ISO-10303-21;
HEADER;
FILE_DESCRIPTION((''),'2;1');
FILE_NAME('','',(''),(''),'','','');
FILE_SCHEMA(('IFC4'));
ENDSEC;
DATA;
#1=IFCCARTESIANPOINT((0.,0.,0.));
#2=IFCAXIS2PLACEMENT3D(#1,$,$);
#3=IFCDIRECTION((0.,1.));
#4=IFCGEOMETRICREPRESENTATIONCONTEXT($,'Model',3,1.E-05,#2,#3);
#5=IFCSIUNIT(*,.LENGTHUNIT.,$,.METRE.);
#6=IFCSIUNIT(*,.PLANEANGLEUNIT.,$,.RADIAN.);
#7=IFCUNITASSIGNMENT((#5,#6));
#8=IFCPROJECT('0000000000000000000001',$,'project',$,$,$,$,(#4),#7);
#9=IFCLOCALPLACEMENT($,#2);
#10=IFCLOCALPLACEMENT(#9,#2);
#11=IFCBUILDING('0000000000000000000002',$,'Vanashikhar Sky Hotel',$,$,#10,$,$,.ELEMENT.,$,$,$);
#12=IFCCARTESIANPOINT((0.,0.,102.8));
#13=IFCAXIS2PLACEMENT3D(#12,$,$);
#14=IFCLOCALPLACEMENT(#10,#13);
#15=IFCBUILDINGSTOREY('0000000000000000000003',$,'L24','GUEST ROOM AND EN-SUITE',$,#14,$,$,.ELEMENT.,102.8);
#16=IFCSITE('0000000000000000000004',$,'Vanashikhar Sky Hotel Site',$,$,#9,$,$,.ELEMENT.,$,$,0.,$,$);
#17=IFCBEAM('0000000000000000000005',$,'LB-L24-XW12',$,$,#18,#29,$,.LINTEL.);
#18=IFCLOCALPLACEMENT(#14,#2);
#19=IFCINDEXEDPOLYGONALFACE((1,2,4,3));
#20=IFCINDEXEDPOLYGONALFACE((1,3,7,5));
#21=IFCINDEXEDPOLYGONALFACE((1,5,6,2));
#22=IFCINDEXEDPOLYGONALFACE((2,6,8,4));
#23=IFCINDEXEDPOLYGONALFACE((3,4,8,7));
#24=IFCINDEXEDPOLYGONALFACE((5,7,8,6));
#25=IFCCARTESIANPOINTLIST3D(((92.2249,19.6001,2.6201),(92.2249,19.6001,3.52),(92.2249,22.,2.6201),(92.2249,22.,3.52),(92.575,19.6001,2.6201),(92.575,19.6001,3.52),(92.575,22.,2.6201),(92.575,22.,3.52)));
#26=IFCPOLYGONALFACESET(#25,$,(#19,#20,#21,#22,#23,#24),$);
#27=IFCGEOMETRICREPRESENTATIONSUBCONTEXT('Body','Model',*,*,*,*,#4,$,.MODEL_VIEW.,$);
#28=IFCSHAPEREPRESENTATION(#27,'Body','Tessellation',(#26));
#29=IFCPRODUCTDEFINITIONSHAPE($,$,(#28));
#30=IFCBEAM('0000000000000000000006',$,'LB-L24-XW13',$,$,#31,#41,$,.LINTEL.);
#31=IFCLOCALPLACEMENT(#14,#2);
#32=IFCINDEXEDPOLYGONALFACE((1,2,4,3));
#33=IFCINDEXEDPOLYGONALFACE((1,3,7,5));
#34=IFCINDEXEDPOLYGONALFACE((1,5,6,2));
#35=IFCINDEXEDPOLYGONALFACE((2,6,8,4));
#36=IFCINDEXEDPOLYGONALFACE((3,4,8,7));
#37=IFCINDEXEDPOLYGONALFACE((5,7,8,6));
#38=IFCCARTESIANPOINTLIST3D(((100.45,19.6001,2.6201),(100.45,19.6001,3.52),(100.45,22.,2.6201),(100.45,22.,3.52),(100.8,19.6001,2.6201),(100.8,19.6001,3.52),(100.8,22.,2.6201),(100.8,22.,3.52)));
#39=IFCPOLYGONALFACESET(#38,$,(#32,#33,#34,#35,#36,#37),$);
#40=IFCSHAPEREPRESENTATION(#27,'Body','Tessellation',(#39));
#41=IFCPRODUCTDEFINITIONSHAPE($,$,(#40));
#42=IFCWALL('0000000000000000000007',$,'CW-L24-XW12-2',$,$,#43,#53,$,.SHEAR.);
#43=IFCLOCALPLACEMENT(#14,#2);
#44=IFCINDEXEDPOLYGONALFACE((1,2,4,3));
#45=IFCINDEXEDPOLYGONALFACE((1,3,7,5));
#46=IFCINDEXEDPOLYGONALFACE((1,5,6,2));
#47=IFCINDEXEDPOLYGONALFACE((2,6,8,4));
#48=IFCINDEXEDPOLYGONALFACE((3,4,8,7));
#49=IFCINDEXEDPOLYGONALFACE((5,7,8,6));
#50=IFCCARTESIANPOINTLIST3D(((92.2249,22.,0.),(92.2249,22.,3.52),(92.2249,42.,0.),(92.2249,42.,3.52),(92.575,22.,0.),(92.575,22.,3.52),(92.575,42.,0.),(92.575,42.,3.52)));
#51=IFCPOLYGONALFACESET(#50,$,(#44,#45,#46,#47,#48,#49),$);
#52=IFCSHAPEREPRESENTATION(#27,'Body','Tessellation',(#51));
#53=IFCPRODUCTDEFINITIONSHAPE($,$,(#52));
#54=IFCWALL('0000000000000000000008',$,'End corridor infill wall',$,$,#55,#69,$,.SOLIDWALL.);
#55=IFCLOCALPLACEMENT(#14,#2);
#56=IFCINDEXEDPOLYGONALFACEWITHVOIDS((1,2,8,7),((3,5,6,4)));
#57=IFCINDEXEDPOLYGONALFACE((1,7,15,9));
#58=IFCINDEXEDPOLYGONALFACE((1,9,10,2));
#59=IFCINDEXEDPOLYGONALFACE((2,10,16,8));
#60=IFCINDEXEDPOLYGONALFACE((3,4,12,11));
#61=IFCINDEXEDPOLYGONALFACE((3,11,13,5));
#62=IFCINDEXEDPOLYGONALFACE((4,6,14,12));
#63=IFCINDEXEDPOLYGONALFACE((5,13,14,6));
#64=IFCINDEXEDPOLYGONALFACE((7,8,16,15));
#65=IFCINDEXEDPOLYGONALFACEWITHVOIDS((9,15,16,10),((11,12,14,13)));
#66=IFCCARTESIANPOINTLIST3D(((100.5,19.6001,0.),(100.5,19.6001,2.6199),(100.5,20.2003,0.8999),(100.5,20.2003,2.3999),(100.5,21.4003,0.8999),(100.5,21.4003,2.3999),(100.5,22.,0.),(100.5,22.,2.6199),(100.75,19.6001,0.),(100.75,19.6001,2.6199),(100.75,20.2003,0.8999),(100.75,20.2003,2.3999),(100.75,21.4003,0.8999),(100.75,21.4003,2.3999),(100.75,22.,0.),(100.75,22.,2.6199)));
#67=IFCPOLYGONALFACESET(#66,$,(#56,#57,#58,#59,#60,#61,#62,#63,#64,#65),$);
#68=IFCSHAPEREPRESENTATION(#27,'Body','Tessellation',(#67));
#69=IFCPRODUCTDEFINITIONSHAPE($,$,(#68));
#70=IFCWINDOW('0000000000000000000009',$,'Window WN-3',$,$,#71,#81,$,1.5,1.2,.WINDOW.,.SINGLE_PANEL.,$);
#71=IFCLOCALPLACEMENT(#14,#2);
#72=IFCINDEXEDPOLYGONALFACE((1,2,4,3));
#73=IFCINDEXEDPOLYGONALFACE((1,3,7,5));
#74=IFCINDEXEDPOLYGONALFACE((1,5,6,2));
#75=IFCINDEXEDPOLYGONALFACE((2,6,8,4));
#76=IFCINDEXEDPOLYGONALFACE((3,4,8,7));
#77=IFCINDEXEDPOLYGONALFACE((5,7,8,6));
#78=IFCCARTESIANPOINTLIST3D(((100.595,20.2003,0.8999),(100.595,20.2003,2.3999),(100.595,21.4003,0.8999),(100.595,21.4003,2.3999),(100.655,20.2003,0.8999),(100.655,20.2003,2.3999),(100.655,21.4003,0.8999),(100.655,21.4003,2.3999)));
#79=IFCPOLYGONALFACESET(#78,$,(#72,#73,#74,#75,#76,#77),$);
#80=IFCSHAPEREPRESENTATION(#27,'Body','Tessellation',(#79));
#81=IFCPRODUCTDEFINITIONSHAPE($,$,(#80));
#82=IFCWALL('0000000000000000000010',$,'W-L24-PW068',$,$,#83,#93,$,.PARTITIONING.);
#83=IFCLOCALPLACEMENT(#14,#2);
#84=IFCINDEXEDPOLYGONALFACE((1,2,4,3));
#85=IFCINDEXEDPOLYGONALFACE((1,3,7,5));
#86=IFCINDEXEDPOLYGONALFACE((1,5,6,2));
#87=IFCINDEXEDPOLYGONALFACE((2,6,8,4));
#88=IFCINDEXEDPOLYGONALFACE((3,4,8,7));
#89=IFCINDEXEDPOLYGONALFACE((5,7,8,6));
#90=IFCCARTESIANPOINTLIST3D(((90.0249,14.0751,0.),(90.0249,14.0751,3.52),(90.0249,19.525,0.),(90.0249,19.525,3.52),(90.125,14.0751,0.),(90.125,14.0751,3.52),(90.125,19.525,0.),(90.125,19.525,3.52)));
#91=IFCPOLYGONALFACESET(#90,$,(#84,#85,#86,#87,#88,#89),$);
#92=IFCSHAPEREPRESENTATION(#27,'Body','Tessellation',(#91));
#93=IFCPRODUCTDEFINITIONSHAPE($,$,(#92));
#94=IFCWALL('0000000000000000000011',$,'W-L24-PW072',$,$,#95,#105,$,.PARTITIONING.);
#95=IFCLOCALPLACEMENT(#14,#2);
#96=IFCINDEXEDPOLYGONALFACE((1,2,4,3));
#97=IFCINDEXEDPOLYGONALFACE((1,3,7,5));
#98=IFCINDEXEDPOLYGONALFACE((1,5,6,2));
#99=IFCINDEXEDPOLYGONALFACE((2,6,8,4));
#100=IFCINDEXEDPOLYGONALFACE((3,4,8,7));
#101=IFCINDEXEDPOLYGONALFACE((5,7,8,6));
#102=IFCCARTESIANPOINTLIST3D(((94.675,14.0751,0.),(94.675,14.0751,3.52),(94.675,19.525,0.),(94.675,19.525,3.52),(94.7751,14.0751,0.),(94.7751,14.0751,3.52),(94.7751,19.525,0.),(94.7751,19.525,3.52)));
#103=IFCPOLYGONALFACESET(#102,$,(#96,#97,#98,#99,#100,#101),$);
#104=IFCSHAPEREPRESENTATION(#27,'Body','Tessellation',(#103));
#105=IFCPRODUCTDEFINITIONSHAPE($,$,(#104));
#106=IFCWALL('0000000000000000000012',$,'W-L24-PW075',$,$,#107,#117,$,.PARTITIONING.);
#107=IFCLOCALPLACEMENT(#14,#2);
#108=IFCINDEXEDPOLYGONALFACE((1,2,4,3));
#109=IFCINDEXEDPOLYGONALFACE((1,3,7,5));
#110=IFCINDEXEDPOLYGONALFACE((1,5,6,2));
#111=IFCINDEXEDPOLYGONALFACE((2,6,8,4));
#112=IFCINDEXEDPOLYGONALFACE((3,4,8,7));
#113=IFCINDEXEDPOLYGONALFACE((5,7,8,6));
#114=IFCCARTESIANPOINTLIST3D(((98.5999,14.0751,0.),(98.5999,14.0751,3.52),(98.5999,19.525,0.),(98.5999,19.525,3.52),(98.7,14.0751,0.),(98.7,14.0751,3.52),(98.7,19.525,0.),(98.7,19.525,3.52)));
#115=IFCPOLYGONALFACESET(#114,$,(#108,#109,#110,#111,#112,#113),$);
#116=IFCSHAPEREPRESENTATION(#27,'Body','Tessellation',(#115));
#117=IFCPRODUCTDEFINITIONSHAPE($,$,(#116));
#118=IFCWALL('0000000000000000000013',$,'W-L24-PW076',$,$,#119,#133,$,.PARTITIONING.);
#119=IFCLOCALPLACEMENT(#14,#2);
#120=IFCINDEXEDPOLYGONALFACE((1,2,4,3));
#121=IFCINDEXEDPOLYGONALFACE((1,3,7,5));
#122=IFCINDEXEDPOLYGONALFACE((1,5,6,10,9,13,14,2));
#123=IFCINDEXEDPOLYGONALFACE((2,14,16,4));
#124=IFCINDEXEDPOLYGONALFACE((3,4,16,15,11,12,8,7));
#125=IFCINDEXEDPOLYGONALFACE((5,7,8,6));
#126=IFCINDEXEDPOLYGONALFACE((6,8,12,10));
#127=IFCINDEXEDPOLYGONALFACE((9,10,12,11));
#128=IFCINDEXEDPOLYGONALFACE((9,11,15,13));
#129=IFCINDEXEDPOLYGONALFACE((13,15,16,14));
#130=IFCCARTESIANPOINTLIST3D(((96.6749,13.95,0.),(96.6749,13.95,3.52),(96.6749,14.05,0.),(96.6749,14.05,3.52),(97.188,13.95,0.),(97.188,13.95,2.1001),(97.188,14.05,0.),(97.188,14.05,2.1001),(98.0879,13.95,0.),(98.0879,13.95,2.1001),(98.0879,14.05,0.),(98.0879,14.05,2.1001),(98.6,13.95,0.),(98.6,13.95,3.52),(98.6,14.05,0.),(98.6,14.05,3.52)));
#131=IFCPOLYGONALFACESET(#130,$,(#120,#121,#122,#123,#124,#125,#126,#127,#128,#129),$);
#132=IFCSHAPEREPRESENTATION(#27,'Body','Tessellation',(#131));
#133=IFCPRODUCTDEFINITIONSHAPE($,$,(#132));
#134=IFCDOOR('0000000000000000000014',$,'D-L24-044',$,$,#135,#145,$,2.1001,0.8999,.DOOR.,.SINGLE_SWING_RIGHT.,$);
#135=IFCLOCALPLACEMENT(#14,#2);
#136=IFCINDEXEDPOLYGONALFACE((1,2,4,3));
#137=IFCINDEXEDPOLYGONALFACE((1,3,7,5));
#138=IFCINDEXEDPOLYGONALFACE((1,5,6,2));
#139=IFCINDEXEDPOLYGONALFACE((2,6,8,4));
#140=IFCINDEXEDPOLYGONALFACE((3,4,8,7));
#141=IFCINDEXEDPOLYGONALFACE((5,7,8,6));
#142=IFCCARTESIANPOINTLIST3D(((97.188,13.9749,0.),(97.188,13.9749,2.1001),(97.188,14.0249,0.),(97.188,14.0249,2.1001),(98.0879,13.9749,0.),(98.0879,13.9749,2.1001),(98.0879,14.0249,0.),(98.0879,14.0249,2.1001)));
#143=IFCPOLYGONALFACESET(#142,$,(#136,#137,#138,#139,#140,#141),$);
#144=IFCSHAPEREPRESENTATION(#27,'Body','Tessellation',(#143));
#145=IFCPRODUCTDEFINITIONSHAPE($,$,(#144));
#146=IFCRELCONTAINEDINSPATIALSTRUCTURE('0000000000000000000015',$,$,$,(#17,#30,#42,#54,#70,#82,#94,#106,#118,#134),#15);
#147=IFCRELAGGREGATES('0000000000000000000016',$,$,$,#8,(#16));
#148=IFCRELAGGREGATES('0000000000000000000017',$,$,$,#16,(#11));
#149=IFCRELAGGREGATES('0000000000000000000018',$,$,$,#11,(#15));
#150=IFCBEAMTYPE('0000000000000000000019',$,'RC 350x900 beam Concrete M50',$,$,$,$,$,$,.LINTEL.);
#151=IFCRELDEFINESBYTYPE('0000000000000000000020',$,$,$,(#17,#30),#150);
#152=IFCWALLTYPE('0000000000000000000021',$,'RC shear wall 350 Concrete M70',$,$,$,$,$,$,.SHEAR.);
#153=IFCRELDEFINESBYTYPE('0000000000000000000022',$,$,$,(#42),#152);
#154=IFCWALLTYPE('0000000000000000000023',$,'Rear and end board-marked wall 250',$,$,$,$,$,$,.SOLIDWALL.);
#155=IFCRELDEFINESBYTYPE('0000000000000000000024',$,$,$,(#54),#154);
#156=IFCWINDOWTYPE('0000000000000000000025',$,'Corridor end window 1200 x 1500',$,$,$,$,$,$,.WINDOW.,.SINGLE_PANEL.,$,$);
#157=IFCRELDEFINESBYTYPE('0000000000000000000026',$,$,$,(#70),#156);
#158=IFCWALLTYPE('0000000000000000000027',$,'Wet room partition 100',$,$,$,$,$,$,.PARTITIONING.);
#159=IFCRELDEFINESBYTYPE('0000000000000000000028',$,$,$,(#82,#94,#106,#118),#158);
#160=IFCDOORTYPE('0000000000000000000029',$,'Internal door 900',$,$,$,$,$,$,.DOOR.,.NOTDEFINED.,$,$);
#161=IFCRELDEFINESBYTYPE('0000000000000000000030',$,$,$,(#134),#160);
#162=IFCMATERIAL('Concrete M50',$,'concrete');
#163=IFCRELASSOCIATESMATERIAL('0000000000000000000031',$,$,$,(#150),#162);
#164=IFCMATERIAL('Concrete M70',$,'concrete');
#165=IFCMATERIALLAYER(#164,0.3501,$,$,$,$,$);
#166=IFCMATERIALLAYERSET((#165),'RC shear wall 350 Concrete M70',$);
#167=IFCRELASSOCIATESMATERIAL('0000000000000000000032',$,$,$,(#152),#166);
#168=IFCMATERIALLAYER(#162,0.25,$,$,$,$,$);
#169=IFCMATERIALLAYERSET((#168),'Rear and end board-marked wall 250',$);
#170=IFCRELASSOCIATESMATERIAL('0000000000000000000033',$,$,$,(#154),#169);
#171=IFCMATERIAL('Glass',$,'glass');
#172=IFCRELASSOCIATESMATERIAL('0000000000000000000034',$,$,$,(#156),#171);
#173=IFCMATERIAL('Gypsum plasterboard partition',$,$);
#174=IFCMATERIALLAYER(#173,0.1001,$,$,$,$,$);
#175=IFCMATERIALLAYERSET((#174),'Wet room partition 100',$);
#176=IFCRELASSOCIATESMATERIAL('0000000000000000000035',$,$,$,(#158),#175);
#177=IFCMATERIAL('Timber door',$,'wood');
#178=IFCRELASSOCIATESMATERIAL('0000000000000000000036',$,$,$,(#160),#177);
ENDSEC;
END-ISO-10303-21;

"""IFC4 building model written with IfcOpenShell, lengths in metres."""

from ifc_helpers import new_model, si_unit, direction, frame, frame_2d, origin, origin_2d, place, context, subcontext, project, spatial, rectangle, extrude, source, transform, mapped, material, layer, layer_set, material_profile, profile_set, type_object, element, fill, save


model = new_model("IFC4")

# Units and contexts
model_context = context("Model", 3, precision=1e-05, world=origin(), true_north=direction((0.0, 1.0)))
body_context = subcontext(model_context, "Body", "Model", "MODEL_VIEW")
ifc_project = project(units=[si_unit("LENGTHUNIT", "METRE"), si_unit("PLANEANGLEUNIT", "RADIAN")], contexts=[model_context])

# Site, building, storey
site_placement = place(None, origin())
site = spatial("IfcSite", under=ifc_project, at=site_placement, Name="Vanashikhar Sky Hotel Site", CompositionType="ELEMENT", RefElevation=0.0)
building_placement = place(site_placement, origin())
building = spatial("IfcBuilding", under=site, at=building_placement, Name="Vanashikhar Sky Hotel", CompositionType="ELEMENT")
storey_placement = place(building_placement, frame((0.0, 0.0, 102.8)))
storey = spatial("IfcBuildingStorey", under=building, at=storey_placement, Name="L24", Description="GUEST ROOM AND EN-SUITE", CompositionType="ELEMENT", Elevation=102.8)

# Beams
ifc_material_1 = material(Name="Concrete M50", Category="concrete")
ifc_material_profile = material_profile(ifc_material_1, rectangle(XDim=0.3501, YDim=0.8999, at=origin_2d()))
ifc_profile_set = profile_set([ifc_material_profile], Name="RC 350x900 beam Concrete M50")
beam_type = type_object("IfcBeamType", Name="RC 350x900 beam Concrete M50", PredefinedType="LINTEL", material=ifc_profile_set)
shared_shape_1 = source(origin(), body_context, "Body", "SweptSolid", [
    extrude(rectangle(XDim=0.3501, YDim=0.8999, at=origin_2d()), origin(), (0.0, 0.0, 1.0), 2.3999),
])
for number, where, z_axis, x_axis, name in (
    (1, (92.3999, 19.6001, 3.0701), (0.0, 1.0, 0.0), (-1.0, 0.0, 0.0), "LB-L24-XW12"),
    (2, (100.625, 19.6001, 3.0701), (0.0, 1.0, 0.0), (-1.0, 0.0, 0.0), "LB-L24-XW13"),
):
    element("IfcBeam", number, at=place(storey_placement, frame(where, z_axis=z_axis, x_axis=x_axis)), inside=storey, type_object=beam_type, Name=name, PredefinedType="LINTEL", context=body_context, shape_type="MappedRepresentation", body=[
        mapped(shared_shape_1, transform((0.0, 0.0, 0.0), scale=1.0)),
    ])

# Wall
ifc_material_2 = material(Name="Concrete M70", Category="concrete")
ifc_layer_1 = layer(ifc_material_2, 0.3501)
ifc_layer_set_1 = layer_set([ifc_layer_1], Name="RC shear wall 350 Concrete M70")
wall_type_1 = type_object("IfcWallType", Name="RC shear wall 350 Concrete M70", PredefinedType="SHEAR", material=ifc_layer_set_1)
shared_shape_2 = source(origin(), body_context, "Body", "SweptSolid", [
    extrude(rectangle(XDim=20.0, YDim=0.3501, at=frame_2d((10.0, 0.0))), origin(), (0.0, 0.0, 1.0), 3.52),
])
wall_1_placement = place(storey_placement, frame((92.3999, 22.0, 0.0), z_axis=(0.0, 0.0, 1.0), x_axis=(0.0, 1.0, 0.0)))
element("IfcWall", 3, at=wall_1_placement, inside=storey, type_object=wall_type_1, Name="CW-L24-XW12-2", PredefinedType="SHEAR", context=body_context, shape_type="MappedRepresentation", body=[
    mapped(shared_shape_2, transform((0.0, 0.0, 0.0), scale=1.0)),
])

# Wall, opening, window
ifc_layer_2 = layer(ifc_material_1, 0.25)
ifc_layer_set_2 = layer_set([ifc_layer_2], Name="Rear and end board-marked wall 250")
wall_type_2 = type_object("IfcWallType", Name="Rear and end board-marked wall 250", PredefinedType="SOLIDWALL", material=ifc_layer_set_2)
shared_shape_3 = source(origin(), body_context, "Body", "SweptSolid", [
    extrude(rectangle(XDim=2.3999, YDim=0.25, at=frame_2d((1.2, 0.0))), origin(), (0.0, 0.0, 1.0), 2.6199),
])
wall_2_placement = place(storey_placement, frame((100.625, 19.6001, 0.0), z_axis=(0.0, 0.0, 1.0), x_axis=(0.0, 1.0, 0.0)))
wall_2 = element("IfcWall", 4, at=wall_2_placement, inside=storey, type_object=wall_type_2, Name="End corridor infill wall", PredefinedType="SOLIDWALL", context=body_context, shape_type="MappedRepresentation", body=[
    mapped(shared_shape_3, transform((0.0, 0.0, 0.0), scale=1.0)),
])
shared_shape_4 = source(origin(), body_context, "Body", "SweptSolid", [
    extrude(rectangle(XDim=1.2, YDim=1.5, at=frame_2d((0.6001, 0.75))), frame((0.0, 0.135, 0.0), z_axis=(0.0, -1.0, 0.0), x_axis=(1.0, 0.0, 0.0)), (0.0, 0.0, 1.0), 0.27),
])
opening_1_placement = place(wall_2_placement, frame((0.6001, 0.0, 0.8999)))
opening_1 = element("IfcOpeningElement", 5, at=opening_1_placement, cuts=wall_2, PredefinedType="OPENING", context=body_context, shape_type="MappedRepresentation", body=[
    mapped(shared_shape_4, transform((0.0, 0.0, 0.0), scale=1.0)),
])
ifc_material_3 = material(Name="Glass", Category="glass")
window_type = type_object("IfcWindowType", Name="Corridor end window 1200 x 1500", PartitioningType="SINGLE_PANEL", PredefinedType="WINDOW", material=ifc_material_3)
shared_shape_5 = source(origin(), body_context, "Body", "SweptSolid", [
    extrude(rectangle(XDim=1.2, YDim=1.5, at=frame_2d((0.6001, 0.75))), frame((0.0, 0.03, 0.0), z_axis=(0.0, -1.0, 0.0), x_axis=(1.0, 0.0, 0.0)), (0.0, 0.0, 1.0), 0.0601),
])
window_placement = place(opening_1_placement, origin())
window = element("IfcWindow", 6, at=window_placement, inside=storey, type_object=window_type, Name="Window WN-3", OverallHeight=1.5, OverallWidth=1.2, PartitioningType="SINGLE_PANEL", PredefinedType="WINDOW", context=body_context, shape_type="MappedRepresentation", body=[
    mapped(shared_shape_5, transform((0.0, 0.0, 0.0), scale=1.0)),
])
fill(opening_1, window)

# Walls
ifc_material_4 = material(Name="Gypsum plasterboard partition")
ifc_layer_3 = layer(ifc_material_4, 0.1001)
ifc_layer_set_3 = layer_set([ifc_layer_3], Name="Wet room partition 100")
wall_type_3 = type_object("IfcWallType", Name="Wet room partition 100", PredefinedType="PARTITIONING", material=ifc_layer_set_3)
shared_shape_6 = source(origin(), body_context, "Body", "SweptSolid", [
    extrude(rectangle(XDim=5.45, YDim=0.1001, at=frame_2d((2.7251, 0.0))), origin(), (0.0, 0.0, 1.0), 3.52),
])
for number, where, z_axis, x_axis, name in (
    (7, (90.075, 14.075, 0.0), (0.0, 0.0, 1.0), (0.0, 1.0, 0.0), "W-L24-PW068"),
    (8, (94.7251, 14.075, 0.0), (0.0, 0.0, 1.0), (0.0, 1.0, 0.0), "W-L24-PW072"),
    (9, (98.6499, 14.075, 0.0), (0.0, 0.0, 1.0), (0.0, 1.0, 0.0), "W-L24-PW075"),
):
    element("IfcWall", number, at=place(storey_placement, frame(where, z_axis=z_axis, x_axis=x_axis)), inside=storey, type_object=wall_type_3, Name=name, PredefinedType="PARTITIONING", context=body_context, shape_type="MappedRepresentation", body=[
        mapped(shared_shape_6, transform((0.0, 0.0, 0.0), scale=1.0)),
    ])

# Wall, opening, door
shared_shape_7 = source(origin(), body_context, "Body", "SweptSolid", [
    extrude(rectangle(XDim=1.925, YDim=0.1001, at=frame_2d((0.9624, 0.0))), origin(), (0.0, 0.0, 1.0), 3.52),
])
wall_3_placement = place(storey_placement, frame((96.675, 14.0, 0.0), z_axis=(0.0, 0.0, 1.0), x_axis=(1.0, 0.0, 0.0)))
wall_3 = element("IfcWall", 10, at=wall_3_placement, inside=storey, type_object=wall_type_3, Name="W-L24-PW076", PredefinedType="PARTITIONING", context=body_context, shape_type="MappedRepresentation", body=[
    mapped(shared_shape_7, transform((0.0, 0.0, 0.0), scale=1.0)),
])
shared_shape_8 = source(origin(), body_context, "Body", "SweptSolid", [
    extrude(rectangle(XDim=0.8999, YDim=2.1001, at=frame_2d((0.45, 1.05))), frame((0.0, 0.0601, 0.0), z_axis=(0.0, -1.0, 0.0), x_axis=(1.0, 0.0, 0.0)), (0.0, 0.0, 1.0), 0.1201),
])
opening_2_placement = place(wall_3_placement, frame((0.5129, 0.0, 0.0)))
opening_2 = element("IfcOpeningElement", 11, at=opening_2_placement, cuts=wall_3, PredefinedType="OPENING", context=body_context, shape_type="MappedRepresentation", body=[
    mapped(shared_shape_8, transform((0.0, 0.0, 0.0), scale=1.0)),
])
ifc_material_5 = material(Name="Timber door", Category="wood")
door_type_1 = type_object("IfcDoorType", Name="Internal door 900", OperationType="NOTDEFINED", PredefinedType="DOOR", material=ifc_material_5)
shared_shape_9 = source(origin(), body_context, "Body", "SweptSolid", [
    extrude(rectangle(XDim=0.8999, YDim=2.1001, at=frame_2d((0.45, 1.05))), frame((0.0, 0.0249, 0.0), z_axis=(0.0, -1.0, 0.0), x_axis=(1.0, 0.0, 0.0)), (0.0, 0.0, 1.0), 0.05),
])
door_1_placement = place(opening_2_placement, origin())
door_1 = element("IfcDoor", 12, at=door_1_placement, inside=storey, type_object=door_type_1, Name="D-L24-044", OperationType="SINGLE_SWING_RIGHT", OverallHeight=2.1001, OverallWidth=0.8999, PredefinedType="DOOR", context=body_context, shape_type="MappedRepresentation", body=[
    mapped(shared_shape_9, transform((0.0, 0.0, 0.0), scale=1.0)),
])
fill(opening_2, door_1)

save(model, "model.ifc")
